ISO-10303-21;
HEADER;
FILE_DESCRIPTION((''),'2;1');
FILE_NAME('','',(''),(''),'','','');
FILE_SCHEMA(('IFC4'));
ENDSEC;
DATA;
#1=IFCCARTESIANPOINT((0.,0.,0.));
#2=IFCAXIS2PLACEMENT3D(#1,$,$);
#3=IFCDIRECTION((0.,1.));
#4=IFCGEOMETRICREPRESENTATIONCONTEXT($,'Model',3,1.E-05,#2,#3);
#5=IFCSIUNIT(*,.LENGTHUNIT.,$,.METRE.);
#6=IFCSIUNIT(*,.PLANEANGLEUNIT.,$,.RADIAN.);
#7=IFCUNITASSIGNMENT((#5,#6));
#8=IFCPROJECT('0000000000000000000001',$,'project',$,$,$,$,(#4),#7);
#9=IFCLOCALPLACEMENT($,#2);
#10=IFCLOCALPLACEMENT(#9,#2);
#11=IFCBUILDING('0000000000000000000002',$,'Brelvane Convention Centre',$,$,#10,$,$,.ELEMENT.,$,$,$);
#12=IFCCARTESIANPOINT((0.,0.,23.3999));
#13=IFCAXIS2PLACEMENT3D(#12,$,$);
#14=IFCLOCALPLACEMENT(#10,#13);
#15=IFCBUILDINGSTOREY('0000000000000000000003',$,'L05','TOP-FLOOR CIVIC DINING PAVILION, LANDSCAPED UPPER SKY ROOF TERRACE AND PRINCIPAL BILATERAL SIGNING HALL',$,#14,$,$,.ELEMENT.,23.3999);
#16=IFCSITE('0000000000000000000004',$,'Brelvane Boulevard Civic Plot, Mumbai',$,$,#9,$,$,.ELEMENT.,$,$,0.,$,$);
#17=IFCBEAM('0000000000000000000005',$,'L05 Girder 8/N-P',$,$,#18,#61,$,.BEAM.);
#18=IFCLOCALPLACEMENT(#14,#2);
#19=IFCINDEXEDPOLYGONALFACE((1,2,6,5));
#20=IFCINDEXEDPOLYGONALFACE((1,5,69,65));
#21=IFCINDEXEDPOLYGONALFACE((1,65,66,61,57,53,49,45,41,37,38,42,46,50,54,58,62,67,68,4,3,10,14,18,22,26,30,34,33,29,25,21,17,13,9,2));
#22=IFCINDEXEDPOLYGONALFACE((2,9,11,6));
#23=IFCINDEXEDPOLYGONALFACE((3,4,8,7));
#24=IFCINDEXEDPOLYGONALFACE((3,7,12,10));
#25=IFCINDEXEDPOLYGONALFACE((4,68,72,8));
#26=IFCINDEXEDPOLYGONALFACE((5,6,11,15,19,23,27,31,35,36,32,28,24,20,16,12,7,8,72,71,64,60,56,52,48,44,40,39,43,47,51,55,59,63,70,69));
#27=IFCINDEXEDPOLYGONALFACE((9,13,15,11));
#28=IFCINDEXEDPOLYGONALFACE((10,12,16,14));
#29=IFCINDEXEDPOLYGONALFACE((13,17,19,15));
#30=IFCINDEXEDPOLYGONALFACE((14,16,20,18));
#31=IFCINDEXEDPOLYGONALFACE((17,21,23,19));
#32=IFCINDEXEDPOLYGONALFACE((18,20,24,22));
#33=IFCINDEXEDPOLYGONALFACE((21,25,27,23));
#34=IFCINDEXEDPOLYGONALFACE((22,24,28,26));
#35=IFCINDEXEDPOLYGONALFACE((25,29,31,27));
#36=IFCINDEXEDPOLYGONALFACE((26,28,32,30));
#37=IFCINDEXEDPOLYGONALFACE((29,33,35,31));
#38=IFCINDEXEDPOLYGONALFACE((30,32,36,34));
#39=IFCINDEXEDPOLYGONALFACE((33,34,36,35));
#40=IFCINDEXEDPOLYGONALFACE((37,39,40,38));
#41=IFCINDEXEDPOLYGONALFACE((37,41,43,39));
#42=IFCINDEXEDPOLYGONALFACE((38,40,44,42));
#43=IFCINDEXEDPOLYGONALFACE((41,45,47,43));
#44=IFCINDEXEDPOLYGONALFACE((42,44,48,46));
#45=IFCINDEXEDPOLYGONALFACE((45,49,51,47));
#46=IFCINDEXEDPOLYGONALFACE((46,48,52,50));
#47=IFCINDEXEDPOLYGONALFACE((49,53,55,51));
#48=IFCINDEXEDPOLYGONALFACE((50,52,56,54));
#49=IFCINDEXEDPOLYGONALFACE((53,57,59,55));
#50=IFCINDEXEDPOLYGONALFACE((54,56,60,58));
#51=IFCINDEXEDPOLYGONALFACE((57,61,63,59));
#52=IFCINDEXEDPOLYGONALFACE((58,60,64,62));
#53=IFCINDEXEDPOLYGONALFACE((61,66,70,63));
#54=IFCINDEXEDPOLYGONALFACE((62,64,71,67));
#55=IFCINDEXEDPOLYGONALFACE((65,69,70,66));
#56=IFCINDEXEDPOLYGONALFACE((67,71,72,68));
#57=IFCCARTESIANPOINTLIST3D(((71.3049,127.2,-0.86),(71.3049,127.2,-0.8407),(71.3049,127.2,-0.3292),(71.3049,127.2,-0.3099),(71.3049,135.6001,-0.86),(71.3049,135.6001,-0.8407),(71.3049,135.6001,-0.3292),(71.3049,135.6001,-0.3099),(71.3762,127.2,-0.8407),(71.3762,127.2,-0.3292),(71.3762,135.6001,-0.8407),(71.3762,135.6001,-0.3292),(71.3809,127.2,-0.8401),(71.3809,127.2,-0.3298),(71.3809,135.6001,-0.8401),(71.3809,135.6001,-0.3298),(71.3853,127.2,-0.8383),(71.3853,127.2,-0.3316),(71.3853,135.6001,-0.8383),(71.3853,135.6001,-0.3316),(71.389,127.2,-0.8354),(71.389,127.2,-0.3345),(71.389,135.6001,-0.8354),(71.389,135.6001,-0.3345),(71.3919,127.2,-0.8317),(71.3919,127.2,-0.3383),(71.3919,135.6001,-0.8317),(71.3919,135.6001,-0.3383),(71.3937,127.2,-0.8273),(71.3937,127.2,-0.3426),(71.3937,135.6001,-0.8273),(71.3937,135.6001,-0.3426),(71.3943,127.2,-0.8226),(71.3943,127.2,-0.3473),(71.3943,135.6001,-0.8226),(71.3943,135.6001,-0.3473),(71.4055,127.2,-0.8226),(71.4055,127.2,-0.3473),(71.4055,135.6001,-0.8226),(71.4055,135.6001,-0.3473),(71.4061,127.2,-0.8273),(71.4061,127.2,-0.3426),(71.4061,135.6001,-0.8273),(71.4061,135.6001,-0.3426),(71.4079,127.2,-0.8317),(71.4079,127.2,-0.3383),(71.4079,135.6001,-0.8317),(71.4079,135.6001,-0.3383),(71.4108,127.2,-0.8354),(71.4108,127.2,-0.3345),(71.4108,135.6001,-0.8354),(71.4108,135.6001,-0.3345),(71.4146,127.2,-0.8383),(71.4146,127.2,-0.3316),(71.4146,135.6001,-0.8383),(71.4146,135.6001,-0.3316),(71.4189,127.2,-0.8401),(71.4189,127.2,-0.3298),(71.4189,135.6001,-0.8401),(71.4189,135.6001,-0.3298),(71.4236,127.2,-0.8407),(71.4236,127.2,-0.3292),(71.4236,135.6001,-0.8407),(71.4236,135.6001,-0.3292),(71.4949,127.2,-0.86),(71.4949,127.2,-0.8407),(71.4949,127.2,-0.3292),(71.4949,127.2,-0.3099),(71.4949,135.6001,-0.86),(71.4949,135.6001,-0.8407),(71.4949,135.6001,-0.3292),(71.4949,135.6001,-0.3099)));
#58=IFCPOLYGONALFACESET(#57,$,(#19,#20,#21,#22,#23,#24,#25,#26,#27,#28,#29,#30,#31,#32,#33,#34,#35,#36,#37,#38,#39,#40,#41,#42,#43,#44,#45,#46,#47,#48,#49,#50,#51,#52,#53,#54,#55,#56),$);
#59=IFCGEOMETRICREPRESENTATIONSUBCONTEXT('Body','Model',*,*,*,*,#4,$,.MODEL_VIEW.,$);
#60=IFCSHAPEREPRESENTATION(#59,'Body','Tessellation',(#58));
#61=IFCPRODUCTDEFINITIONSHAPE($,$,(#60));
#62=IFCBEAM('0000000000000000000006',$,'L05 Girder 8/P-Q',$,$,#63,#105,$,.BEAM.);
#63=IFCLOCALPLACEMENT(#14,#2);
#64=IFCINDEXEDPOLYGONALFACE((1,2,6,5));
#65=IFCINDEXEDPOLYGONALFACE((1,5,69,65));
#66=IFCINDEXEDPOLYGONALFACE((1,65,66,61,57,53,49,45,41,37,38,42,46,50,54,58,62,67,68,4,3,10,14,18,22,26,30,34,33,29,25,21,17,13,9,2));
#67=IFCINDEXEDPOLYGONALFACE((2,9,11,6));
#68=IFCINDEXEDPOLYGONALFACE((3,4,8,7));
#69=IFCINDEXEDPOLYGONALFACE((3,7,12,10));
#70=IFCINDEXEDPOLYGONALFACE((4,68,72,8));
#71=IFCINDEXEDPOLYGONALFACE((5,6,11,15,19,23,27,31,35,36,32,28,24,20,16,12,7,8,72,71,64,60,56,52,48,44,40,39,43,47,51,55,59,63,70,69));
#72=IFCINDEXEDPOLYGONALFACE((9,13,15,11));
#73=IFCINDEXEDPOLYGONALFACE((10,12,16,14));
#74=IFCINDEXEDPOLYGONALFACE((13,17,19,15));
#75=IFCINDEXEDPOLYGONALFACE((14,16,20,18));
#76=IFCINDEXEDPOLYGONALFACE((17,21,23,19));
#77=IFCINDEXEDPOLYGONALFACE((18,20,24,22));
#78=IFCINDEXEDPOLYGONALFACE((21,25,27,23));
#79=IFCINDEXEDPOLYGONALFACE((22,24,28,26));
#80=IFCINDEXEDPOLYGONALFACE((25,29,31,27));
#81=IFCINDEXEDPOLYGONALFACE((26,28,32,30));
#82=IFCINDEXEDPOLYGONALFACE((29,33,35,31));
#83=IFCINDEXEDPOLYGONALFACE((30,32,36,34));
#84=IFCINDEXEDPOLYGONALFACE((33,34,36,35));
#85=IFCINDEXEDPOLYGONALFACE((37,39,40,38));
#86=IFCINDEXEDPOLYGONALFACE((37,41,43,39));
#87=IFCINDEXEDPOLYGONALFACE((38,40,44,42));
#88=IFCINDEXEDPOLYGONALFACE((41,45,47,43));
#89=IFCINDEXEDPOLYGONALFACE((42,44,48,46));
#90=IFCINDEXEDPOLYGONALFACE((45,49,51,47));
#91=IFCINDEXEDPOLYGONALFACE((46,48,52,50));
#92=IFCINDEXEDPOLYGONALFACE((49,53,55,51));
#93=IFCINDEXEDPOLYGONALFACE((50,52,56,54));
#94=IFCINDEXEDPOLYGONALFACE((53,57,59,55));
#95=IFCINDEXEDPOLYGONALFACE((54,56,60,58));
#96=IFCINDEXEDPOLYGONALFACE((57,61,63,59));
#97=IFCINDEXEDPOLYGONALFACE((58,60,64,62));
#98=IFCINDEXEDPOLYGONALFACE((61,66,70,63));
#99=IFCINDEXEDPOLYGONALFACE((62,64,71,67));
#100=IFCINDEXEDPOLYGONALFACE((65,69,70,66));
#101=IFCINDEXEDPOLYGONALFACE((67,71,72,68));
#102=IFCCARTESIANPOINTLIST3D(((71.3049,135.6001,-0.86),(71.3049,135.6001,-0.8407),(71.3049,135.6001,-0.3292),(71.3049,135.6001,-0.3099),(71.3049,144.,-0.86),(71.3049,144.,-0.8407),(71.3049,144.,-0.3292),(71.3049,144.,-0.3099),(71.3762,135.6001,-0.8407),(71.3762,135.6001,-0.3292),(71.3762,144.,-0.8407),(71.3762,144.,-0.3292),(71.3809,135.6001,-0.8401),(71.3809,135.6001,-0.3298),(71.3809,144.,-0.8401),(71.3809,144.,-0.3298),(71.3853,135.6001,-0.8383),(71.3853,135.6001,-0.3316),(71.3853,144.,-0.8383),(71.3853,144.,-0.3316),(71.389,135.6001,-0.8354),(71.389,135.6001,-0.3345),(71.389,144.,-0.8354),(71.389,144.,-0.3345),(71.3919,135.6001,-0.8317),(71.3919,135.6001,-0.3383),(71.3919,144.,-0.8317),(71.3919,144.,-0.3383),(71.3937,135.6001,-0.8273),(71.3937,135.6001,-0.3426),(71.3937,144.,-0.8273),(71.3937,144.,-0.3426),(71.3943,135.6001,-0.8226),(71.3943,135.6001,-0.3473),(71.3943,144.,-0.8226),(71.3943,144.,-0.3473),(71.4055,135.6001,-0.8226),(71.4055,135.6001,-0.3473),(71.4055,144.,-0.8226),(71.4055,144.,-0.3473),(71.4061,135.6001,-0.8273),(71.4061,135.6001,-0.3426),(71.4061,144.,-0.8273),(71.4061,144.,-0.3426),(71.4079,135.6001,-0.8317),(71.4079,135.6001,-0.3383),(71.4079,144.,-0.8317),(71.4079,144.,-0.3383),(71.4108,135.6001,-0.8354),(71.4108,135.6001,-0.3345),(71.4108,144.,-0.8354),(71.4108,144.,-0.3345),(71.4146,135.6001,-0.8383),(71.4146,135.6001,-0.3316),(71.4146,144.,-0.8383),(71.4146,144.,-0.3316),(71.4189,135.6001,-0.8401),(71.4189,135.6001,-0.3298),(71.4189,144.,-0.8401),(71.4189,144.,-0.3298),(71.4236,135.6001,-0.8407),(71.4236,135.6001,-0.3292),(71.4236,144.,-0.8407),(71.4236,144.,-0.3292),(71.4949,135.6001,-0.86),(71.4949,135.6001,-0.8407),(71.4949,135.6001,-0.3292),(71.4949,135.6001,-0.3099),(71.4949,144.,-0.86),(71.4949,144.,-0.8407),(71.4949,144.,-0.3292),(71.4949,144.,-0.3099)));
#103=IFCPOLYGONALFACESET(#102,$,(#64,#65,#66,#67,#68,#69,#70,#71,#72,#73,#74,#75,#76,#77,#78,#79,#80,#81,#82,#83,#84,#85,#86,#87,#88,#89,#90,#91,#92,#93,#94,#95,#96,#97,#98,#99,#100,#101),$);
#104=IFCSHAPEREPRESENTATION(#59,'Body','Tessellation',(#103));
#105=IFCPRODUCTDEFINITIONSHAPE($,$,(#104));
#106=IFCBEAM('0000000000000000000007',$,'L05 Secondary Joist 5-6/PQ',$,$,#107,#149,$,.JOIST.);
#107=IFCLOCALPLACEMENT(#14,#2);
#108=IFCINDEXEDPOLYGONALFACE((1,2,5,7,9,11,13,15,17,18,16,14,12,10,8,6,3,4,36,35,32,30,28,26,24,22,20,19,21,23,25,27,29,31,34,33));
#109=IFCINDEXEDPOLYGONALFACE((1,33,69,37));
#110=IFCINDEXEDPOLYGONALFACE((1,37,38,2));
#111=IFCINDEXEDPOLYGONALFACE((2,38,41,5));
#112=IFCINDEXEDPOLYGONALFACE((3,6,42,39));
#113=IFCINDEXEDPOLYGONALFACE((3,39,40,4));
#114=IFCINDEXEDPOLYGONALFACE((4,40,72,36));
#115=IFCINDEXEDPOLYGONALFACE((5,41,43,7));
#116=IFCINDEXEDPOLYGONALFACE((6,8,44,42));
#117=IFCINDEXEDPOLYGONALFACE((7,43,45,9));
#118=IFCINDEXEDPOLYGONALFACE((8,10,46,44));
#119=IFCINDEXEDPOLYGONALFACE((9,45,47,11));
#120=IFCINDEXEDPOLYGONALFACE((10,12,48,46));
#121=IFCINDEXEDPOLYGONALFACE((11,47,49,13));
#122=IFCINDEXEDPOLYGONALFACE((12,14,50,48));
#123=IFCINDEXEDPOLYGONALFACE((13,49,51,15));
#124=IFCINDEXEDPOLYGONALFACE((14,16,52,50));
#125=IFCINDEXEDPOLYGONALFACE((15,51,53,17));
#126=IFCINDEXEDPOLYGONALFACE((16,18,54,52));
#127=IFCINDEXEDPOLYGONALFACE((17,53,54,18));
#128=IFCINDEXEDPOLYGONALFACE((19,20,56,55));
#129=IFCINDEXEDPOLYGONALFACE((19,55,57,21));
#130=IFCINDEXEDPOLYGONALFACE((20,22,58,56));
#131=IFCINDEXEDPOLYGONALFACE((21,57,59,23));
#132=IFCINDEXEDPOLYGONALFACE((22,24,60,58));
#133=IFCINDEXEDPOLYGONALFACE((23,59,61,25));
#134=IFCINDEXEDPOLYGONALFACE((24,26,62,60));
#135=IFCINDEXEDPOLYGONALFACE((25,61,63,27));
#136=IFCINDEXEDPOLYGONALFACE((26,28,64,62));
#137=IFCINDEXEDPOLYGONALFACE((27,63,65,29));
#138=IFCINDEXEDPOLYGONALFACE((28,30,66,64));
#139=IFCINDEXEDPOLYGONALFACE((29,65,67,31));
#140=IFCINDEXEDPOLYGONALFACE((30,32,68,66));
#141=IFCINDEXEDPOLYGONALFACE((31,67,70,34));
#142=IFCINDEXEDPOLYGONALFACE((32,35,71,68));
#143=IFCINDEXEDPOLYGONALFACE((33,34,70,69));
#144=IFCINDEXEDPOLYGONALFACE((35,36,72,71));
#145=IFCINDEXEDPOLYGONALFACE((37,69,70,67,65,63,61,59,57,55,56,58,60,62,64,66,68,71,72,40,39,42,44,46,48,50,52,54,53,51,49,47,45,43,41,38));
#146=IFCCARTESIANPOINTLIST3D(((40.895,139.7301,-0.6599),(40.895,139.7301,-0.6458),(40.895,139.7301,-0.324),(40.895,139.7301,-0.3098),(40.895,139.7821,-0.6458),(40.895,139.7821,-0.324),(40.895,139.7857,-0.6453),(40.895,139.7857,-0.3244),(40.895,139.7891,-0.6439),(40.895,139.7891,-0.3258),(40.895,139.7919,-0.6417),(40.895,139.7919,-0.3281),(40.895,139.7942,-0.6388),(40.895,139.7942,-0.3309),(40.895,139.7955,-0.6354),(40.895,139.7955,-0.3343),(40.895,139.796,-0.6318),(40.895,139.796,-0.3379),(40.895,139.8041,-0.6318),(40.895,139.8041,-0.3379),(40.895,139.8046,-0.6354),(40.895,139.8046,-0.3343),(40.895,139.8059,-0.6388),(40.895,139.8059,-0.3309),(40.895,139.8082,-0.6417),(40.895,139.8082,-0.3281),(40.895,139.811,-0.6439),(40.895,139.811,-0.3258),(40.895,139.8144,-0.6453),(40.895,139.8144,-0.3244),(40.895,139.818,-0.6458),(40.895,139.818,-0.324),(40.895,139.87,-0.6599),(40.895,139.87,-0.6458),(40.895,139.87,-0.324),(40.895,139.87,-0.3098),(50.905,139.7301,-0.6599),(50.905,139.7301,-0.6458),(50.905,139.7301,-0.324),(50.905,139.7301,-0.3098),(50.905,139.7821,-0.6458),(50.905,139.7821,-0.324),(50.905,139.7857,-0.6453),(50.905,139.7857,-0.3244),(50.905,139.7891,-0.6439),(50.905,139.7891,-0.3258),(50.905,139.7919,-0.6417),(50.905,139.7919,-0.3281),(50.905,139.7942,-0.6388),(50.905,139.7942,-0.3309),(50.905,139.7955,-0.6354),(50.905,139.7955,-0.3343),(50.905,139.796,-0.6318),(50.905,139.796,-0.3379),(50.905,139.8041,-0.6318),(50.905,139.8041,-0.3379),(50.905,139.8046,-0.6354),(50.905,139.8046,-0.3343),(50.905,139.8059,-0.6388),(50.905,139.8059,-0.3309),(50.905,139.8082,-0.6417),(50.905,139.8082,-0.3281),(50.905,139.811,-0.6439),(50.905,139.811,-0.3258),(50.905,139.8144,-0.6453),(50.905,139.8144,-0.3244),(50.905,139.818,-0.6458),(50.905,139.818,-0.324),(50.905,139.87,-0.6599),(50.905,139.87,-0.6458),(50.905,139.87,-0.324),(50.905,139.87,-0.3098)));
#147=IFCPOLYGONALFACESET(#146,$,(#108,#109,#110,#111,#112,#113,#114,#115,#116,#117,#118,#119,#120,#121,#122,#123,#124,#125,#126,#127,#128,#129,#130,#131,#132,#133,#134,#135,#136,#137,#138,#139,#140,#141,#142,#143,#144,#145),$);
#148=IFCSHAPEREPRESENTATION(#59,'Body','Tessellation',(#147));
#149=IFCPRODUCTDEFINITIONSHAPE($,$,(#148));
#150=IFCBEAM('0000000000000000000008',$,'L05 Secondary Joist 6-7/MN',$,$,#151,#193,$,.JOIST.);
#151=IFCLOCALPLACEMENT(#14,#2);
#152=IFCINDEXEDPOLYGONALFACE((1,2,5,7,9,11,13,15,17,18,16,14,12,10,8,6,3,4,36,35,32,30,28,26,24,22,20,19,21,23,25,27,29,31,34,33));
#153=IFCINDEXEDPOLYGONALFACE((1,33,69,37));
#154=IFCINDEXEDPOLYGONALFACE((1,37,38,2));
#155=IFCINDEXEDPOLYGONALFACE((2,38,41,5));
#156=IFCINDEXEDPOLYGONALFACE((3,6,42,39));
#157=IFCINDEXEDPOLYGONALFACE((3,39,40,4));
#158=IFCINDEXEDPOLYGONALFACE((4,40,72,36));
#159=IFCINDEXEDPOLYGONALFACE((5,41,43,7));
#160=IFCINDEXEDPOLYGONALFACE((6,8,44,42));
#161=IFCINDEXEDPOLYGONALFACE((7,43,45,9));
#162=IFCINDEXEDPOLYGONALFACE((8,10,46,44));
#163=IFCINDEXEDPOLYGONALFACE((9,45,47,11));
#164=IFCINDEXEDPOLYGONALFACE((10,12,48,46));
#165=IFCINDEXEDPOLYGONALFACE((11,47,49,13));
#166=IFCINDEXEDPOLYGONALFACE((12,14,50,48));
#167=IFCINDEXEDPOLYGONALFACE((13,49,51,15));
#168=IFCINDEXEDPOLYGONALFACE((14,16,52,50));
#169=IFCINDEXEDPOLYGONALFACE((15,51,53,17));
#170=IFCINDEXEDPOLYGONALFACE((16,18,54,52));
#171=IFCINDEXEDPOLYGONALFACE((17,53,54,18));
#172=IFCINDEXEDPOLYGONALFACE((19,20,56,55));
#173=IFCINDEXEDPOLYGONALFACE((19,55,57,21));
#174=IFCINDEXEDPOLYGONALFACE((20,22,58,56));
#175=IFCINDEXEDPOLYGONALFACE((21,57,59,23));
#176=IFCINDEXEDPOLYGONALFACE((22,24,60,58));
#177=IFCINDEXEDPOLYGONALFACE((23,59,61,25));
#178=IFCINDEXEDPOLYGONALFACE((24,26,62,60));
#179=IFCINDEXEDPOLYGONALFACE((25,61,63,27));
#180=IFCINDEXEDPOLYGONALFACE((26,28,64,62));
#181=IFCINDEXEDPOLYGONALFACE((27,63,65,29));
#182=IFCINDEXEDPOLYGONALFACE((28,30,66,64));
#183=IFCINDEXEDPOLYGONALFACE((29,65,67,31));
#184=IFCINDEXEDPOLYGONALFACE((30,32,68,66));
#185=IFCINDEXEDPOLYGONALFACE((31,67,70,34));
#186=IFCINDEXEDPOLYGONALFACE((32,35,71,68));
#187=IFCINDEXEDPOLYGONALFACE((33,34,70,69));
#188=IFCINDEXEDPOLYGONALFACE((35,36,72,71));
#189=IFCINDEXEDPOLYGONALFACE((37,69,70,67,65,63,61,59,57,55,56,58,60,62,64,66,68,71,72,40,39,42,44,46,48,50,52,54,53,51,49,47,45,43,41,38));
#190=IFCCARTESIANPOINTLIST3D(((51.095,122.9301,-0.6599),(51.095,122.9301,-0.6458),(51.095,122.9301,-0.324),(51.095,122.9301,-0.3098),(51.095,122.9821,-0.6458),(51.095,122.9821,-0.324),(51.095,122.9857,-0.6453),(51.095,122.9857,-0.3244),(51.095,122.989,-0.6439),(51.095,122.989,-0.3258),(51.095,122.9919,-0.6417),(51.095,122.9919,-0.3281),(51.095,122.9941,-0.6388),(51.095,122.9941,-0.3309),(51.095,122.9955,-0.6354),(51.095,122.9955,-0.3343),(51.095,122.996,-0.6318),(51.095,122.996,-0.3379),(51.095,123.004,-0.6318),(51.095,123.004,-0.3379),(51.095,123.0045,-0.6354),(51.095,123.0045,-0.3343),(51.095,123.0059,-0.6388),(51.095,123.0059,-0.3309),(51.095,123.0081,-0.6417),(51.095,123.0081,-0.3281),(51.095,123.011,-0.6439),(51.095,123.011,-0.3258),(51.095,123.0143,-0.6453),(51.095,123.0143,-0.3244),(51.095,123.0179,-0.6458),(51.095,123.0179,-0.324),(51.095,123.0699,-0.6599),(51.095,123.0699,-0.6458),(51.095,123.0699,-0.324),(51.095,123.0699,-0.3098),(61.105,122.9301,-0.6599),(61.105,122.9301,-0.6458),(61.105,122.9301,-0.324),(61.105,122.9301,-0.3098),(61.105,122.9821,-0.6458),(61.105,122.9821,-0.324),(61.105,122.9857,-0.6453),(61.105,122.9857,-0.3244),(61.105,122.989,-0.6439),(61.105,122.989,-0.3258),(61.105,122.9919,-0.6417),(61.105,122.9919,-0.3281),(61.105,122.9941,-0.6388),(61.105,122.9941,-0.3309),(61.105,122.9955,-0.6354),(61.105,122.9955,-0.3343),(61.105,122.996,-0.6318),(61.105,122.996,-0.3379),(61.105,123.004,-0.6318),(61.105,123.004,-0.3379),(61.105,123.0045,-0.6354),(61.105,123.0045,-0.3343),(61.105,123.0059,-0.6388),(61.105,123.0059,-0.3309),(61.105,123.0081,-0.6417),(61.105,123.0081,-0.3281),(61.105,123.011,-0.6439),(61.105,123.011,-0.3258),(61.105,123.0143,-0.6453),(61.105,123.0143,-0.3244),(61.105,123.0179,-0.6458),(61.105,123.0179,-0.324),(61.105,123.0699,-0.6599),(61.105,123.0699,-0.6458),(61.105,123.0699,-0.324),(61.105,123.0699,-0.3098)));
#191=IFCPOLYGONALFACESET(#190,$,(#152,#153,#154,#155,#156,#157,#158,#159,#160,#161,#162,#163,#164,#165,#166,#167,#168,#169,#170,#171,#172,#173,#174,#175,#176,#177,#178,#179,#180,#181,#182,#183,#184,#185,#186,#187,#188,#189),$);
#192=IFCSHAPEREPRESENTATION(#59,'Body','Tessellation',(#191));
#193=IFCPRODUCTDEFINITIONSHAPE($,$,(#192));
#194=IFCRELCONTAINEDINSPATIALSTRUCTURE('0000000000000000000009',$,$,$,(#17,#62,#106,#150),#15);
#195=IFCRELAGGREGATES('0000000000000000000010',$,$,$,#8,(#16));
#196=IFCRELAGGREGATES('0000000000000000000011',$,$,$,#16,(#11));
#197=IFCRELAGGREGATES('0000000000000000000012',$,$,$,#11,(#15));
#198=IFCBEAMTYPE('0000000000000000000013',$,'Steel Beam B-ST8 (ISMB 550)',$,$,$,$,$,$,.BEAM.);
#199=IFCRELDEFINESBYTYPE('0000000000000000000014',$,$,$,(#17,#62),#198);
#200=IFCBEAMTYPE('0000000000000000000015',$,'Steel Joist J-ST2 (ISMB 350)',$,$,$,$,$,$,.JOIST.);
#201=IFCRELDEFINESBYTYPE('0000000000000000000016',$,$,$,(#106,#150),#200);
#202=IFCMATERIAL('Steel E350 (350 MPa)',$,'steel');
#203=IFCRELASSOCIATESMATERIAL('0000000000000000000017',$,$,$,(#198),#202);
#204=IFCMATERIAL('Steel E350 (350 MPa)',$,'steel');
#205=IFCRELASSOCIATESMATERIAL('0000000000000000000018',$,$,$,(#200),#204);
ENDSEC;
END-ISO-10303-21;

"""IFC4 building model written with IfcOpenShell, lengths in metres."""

from ifc_helpers import new_model, si_unit, direction, frame, origin, origin_2d, place, context, subcontext, project, spatial, i_section, extrude, material, material_profile, profile_set, type_object, element, save


model = new_model("IFC4")

# Units and contexts
model_context = context("Model", 3, precision=1e-05, world=origin(), true_north=direction((0.0, 1.0)))
body_context = subcontext(model_context, "Body", "Model", "MODEL_VIEW")
ifc_project = project(units=[si_unit("LENGTHUNIT", "METRE"), si_unit("PLANEANGLEUNIT", "RADIAN")], contexts=[model_context])

# Site, building, storey
site_placement = place(None, origin())
site = spatial("IfcSite", under=ifc_project, at=site_placement, Name="Brelvane Boulevard Civic Plot, Mumbai", CompositionType="ELEMENT", RefElevation=0.0)
building_placement = place(site_placement, origin())
building = spatial("IfcBuilding", under=site, at=building_placement, Name="Brelvane Convention Centre", CompositionType="ELEMENT")
storey_placement = place(building_placement, frame((0.0, 0.0, 23.3999)))
storey = spatial("IfcBuildingStorey", under=building, at=storey_placement, Name="L05", Description="TOP-FLOOR CIVIC DINING PAVILION, LANDSCAPED UPPER SKY ROOF TERRACE AND PRINCIPAL BILATERAL SIGNING HALL", CompositionType="ELEMENT", Elevation=23.3999)

# Beams
ifc_material_1 = material(Name="Steel E350 (350 MPa)", Category="steel")
ifc_material_profile_1 = material_profile(ifc_material_1, i_section(OverallWidth=0.1899, OverallDepth=0.55, WebThickness=0.0112, FlangeThickness=0.0193, FilletRadius=0.0181, at=origin_2d()), Name="ISMB 550")
ifc_profile_set_1 = profile_set([ifc_material_profile_1], Name="Steel E350 (350 MPa)")
beam_type_1 = type_object("IfcBeamType", Name="Steel Beam B-ST8 (ISMB 550)", PredefinedType="BEAM", material=ifc_profile_set_1)
beam_1_placement = place(storey_placement, frame((71.3999, 127.2, -0.585), z_axis=(0.0, 1.0, 0.0), x_axis=(-1.0, 0.0, 0.0)))
element("IfcBeam", 1, at=beam_1_placement, inside=storey, type_object=beam_type_1, Name="L05 Girder 8/N-P", PredefinedType="BEAM", context=body_context, shape_type="SweptSolid", body=[
    extrude(i_section(OverallWidth=0.1899, OverallDepth=0.55, WebThickness=0.0112, FlangeThickness=0.0193, FilletRadius=0.0181, at=origin_2d()), origin(), (0.0, 0.0, 1.0), 8.4001),
])
beam_2_placement = place(storey_placement, frame((71.3999, 135.6001, -0.585), z_axis=(0.0, 1.0, 0.0), x_axis=(-1.0, 0.0, 0.0)))
element("IfcBeam", 2, at=beam_2_placement, inside=storey, type_object=beam_type_1, Name="L05 Girder 8/P-Q", PredefinedType="BEAM", context=body_context, shape_type="SweptSolid", body=[
    extrude(i_section(OverallWidth=0.1899, OverallDepth=0.55, WebThickness=0.0112, FlangeThickness=0.0193, FilletRadius=0.0181, at=origin_2d()), origin(), (0.0, 0.0, 1.0), 8.3999),
])
ifc_material_2 = material(Name="Steel E350 (350 MPa)", Category="steel")
ifc_material_profile_2 = material_profile(ifc_material_2, i_section(OverallWidth=0.1399, OverallDepth=0.3501, WebThickness=0.0081, FlangeThickness=0.0142, FilletRadius=0.0139, at=origin_2d()), Name="ISMB 350")
ifc_profile_set_2 = profile_set([ifc_material_profile_2], Name="Steel E350 (350 MPa)")
beam_type_2 = type_object("IfcBeamType", Name="Steel Joist J-ST2 (ISMB 350)", PredefinedType="JOIST", material=ifc_profile_set_2)
for number, where, z_axis, x_axis, name in (
    (3, (40.895, 139.8, -0.4849), (1.0, 0.0, 0.0), (0.0, 1.0, 0.0), "L05 Secondary Joist 5-6/PQ"),
    (4, (51.095, 123.0, -0.4849), (1.0, 0.0, 0.0), (0.0, 1.0, 0.0), "L05 Secondary Joist 6-7/MN"),
):
    element("IfcBeam", number, at=place(storey_placement, frame(where, z_axis=z_axis, x_axis=x_axis)), inside=storey, type_object=beam_type_2, Name=name, PredefinedType="JOIST", context=body_context, shape_type="SweptSolid", body=[
        extrude(i_section(OverallWidth=0.1399, OverallDepth=0.3501, WebThickness=0.0081, FlangeThickness=0.0142, FilletRadius=0.0139, at=origin_2d()), origin(), (0.0, 0.0, 1.0), 10.01),
    ])

save(model, "model.ifc")
